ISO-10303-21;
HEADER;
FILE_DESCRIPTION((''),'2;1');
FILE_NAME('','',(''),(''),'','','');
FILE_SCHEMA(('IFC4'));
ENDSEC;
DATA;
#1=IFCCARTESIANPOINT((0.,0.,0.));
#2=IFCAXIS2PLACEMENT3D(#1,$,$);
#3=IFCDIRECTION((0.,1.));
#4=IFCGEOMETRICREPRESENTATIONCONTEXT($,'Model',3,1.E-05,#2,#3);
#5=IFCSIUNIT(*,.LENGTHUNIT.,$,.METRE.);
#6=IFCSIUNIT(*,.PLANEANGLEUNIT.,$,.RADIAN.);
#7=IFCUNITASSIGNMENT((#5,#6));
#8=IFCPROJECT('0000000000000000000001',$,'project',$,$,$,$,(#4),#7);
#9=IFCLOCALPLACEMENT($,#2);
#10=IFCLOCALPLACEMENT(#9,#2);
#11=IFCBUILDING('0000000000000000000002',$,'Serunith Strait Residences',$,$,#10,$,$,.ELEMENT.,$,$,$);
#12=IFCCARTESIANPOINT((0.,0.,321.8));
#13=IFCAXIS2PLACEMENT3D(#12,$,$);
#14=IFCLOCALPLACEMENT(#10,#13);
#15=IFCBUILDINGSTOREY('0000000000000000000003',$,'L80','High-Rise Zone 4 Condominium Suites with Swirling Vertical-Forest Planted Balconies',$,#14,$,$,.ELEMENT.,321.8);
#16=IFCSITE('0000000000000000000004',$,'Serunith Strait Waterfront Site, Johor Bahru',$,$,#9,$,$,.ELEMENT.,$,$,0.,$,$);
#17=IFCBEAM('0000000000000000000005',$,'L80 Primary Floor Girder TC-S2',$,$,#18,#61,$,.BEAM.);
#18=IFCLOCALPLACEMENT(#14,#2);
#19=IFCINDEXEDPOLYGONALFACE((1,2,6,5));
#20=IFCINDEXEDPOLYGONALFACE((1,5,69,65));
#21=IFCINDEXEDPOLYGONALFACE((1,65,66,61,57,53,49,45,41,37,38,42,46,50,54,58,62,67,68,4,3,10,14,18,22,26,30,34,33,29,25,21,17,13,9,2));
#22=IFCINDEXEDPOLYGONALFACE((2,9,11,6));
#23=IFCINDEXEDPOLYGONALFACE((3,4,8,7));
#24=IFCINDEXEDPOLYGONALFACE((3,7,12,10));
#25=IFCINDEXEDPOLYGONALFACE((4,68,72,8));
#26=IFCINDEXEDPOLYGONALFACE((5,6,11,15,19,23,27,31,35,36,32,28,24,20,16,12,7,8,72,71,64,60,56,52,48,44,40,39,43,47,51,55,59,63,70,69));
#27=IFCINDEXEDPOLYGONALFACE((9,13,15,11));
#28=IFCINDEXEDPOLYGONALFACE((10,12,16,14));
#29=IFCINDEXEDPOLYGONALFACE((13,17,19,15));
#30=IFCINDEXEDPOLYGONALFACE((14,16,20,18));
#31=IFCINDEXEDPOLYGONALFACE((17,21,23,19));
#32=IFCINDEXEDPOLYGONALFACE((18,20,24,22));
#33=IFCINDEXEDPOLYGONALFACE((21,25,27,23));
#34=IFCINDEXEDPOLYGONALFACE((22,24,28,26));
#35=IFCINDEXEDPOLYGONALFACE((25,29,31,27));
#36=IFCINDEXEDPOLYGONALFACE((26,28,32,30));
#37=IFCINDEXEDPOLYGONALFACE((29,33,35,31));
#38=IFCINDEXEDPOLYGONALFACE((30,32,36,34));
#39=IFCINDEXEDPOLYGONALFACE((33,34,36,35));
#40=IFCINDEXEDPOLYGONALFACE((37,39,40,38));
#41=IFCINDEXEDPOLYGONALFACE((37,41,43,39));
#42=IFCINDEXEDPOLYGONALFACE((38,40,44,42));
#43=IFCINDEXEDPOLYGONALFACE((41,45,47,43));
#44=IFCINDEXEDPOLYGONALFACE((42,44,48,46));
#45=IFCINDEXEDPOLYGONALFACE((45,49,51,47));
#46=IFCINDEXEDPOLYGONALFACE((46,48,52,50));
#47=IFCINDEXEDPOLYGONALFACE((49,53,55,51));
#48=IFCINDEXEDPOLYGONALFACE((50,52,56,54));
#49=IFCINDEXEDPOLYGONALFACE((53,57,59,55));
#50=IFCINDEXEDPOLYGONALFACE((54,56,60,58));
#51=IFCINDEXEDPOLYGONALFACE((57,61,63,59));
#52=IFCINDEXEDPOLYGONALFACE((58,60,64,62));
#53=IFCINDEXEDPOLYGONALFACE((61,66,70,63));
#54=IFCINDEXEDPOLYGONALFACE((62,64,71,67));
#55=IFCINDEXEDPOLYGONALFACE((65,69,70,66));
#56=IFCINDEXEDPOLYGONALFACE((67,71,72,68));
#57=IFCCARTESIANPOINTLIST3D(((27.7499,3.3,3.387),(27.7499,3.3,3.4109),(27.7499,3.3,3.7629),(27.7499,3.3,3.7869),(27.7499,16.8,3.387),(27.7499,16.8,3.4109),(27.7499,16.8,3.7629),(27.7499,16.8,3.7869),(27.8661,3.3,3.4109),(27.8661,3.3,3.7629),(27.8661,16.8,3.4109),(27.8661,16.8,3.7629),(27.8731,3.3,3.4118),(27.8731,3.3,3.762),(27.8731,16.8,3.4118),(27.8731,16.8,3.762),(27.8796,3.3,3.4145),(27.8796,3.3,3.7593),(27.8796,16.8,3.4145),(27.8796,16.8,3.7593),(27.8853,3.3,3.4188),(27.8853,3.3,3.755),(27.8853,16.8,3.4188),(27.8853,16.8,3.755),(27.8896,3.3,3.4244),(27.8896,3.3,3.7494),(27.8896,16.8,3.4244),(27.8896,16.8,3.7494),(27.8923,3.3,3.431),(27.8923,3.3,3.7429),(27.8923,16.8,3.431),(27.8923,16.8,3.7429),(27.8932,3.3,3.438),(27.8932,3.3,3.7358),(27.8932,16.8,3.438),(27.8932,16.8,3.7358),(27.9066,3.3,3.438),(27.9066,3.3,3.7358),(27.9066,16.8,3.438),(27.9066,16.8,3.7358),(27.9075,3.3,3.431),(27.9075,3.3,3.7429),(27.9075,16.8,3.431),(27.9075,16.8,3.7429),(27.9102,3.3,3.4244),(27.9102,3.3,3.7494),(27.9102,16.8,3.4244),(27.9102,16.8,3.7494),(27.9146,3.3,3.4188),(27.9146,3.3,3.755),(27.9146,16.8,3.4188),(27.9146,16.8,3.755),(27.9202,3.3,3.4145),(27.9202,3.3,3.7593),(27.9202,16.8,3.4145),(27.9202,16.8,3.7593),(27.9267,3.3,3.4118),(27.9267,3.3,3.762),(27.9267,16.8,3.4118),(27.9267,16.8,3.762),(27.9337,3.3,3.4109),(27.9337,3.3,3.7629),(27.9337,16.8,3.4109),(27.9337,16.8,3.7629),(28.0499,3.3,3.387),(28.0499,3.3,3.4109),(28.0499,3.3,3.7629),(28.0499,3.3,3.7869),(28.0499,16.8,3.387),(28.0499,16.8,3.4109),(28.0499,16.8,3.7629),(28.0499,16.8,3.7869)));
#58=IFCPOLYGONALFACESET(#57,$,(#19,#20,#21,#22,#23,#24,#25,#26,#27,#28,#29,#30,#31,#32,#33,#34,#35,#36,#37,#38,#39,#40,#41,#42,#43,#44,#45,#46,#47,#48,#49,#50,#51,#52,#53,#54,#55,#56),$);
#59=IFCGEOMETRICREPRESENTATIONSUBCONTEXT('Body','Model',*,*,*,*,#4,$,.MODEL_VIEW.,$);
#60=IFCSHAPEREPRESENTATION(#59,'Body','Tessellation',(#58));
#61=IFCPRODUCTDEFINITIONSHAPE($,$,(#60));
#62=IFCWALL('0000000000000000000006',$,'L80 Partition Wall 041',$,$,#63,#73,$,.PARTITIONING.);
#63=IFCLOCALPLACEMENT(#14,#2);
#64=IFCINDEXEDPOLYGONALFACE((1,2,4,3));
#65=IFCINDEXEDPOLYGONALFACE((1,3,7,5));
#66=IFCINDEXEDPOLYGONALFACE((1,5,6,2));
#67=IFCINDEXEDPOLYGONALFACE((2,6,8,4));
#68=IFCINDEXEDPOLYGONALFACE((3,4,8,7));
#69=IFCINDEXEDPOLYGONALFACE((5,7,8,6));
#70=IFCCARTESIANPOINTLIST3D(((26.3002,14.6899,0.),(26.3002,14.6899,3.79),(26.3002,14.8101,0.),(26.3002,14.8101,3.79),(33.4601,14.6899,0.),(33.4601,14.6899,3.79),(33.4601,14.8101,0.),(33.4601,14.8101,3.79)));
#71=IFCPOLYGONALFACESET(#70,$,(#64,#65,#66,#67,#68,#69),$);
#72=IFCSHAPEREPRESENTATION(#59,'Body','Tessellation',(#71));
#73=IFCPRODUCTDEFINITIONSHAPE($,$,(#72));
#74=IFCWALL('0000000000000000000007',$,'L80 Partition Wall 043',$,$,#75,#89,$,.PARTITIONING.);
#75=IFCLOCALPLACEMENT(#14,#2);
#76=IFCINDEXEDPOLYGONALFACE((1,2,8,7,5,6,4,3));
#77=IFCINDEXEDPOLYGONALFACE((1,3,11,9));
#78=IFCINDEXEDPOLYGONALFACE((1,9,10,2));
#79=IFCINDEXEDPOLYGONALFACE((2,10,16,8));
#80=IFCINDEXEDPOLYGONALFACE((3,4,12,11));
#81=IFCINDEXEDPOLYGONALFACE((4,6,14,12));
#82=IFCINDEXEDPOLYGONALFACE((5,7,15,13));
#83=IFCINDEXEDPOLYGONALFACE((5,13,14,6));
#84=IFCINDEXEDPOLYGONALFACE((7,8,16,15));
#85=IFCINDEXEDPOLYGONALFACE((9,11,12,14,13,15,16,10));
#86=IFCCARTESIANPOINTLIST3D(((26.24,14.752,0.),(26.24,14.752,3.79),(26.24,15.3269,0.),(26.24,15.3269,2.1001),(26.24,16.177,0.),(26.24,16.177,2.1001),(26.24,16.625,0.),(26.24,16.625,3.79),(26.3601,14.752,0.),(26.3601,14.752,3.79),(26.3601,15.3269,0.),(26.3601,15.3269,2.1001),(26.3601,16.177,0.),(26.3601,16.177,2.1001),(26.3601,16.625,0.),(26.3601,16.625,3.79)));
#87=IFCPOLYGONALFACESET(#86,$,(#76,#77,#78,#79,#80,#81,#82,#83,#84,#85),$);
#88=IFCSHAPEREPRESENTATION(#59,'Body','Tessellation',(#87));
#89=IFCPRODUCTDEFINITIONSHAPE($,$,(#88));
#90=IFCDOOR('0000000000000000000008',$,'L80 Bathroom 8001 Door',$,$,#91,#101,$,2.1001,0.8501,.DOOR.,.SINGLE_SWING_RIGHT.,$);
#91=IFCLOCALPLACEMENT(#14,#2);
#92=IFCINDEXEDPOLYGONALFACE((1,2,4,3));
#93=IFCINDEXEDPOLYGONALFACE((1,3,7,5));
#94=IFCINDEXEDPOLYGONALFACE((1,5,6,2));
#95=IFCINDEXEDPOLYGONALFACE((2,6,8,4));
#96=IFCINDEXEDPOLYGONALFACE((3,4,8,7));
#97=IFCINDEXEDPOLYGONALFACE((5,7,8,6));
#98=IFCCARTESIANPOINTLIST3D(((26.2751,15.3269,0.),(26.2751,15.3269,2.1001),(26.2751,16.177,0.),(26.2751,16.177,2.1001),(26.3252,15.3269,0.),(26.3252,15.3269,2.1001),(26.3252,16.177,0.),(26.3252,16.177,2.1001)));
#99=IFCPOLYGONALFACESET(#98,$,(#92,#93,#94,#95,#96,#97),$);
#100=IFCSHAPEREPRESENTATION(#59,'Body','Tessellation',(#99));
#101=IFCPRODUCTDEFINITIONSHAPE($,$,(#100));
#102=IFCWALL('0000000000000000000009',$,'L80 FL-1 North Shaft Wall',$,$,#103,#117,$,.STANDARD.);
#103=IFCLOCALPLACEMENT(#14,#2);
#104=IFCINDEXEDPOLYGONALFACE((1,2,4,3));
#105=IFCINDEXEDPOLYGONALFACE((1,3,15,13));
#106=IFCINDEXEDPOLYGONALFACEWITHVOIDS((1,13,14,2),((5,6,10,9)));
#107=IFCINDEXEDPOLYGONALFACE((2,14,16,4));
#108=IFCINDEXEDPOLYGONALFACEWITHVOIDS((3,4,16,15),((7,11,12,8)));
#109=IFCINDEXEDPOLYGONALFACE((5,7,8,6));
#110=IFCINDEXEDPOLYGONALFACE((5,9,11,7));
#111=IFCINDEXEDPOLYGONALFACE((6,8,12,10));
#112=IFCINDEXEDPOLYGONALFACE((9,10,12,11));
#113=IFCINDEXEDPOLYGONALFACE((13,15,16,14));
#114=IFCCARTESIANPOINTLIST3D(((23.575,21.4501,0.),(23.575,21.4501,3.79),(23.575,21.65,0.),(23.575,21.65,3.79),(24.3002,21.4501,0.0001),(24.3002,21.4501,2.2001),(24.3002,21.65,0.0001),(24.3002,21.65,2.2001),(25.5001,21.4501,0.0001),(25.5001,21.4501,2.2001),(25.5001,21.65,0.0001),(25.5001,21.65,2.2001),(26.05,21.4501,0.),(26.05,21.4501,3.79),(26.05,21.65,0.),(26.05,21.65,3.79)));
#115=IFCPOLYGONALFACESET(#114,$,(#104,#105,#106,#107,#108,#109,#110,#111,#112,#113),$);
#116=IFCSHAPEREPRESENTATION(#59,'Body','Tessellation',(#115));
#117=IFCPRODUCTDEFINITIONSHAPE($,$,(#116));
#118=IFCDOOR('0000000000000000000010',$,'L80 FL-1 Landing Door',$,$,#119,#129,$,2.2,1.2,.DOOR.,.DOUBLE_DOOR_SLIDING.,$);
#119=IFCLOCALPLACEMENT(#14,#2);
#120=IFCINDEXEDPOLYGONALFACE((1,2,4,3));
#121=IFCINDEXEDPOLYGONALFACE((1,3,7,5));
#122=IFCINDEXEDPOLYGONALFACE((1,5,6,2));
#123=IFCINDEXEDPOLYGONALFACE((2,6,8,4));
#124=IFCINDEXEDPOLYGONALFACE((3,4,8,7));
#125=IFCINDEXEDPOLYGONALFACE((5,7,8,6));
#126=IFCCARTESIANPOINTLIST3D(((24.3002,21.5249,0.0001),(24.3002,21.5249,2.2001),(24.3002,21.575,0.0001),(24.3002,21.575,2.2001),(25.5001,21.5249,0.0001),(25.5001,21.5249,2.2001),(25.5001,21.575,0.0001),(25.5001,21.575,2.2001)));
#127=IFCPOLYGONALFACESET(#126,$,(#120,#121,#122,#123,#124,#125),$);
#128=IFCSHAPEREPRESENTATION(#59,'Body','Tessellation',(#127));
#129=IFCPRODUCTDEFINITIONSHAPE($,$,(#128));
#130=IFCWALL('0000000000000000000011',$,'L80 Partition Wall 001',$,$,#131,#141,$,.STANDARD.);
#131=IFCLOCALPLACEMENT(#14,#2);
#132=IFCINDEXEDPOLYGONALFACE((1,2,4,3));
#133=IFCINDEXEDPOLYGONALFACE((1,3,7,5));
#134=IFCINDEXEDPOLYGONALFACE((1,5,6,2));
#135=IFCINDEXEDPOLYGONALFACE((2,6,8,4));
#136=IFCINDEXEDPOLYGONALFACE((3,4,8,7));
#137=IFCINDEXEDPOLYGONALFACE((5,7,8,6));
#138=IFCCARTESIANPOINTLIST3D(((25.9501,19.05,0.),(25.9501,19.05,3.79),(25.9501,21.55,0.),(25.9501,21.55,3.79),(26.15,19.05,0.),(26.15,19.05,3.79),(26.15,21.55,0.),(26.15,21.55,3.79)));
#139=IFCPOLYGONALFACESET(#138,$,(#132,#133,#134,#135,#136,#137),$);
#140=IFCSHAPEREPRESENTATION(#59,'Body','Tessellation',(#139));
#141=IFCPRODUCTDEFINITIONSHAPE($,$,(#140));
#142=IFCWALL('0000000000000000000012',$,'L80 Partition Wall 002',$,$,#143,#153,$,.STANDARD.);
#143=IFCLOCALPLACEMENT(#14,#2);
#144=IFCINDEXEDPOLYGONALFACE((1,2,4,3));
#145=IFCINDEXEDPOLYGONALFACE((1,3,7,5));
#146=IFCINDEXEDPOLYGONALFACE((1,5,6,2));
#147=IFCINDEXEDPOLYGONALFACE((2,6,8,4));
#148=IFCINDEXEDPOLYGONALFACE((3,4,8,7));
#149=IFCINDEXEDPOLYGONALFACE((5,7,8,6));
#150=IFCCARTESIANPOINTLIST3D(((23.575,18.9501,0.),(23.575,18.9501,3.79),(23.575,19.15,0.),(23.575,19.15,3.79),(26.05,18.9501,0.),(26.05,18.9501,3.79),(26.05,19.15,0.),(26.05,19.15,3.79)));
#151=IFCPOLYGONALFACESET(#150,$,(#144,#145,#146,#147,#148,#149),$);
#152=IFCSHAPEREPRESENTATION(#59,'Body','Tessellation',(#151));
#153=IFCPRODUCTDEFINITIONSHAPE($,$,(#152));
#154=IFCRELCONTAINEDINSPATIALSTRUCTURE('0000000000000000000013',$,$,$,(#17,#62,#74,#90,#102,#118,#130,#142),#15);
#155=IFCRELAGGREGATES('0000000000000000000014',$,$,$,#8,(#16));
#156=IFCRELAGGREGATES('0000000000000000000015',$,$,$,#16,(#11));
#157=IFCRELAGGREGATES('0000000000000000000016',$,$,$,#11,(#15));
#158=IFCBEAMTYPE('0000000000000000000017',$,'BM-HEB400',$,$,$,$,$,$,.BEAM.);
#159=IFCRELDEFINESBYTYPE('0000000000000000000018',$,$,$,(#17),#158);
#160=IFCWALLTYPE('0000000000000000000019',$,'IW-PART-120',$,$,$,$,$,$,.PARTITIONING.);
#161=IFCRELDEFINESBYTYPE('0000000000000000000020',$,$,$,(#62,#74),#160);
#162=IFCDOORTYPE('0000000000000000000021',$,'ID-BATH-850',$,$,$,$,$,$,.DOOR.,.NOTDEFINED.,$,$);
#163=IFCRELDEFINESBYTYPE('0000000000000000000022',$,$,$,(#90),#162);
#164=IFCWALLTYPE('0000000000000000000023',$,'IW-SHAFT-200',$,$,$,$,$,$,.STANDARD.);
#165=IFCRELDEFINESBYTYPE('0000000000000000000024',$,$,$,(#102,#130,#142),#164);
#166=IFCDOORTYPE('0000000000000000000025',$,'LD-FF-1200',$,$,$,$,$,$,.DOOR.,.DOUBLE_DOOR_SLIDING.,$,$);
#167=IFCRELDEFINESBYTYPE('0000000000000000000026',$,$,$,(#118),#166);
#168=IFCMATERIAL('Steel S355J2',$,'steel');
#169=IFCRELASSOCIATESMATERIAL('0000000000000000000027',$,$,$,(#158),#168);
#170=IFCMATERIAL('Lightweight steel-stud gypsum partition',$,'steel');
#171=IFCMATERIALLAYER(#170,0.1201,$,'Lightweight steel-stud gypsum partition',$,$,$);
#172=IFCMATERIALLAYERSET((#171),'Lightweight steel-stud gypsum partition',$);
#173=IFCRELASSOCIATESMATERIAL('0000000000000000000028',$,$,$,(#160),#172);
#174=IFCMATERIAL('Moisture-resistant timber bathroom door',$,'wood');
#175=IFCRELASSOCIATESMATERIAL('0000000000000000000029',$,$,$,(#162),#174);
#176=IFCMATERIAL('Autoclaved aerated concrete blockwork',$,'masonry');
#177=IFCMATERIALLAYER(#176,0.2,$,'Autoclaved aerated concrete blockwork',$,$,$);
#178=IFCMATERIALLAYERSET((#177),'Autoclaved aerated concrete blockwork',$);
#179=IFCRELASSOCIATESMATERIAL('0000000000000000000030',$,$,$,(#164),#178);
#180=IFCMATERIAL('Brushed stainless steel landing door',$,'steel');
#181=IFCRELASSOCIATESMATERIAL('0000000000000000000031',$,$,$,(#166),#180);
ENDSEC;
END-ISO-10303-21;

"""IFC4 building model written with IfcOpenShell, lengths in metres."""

from ifc_helpers import new_model, si_unit, direction, frame, frame_2d, origin, origin_2d, place, context, subcontext, project, spatial, rectangle, i_section, extrude, source, transform, mapped, material, layer, layer_set, material_profile, profile_set, type_object, element, fill, save


model = new_model("IFC4")

# Units and contexts
model_context = context("Model", 3, precision=1e-05, world=origin(), true_north=direction((0.0, 1.0)))
body_context = subcontext(model_context, "Body", "Model", "MODEL_VIEW")
ifc_project = project(units=[si_unit("LENGTHUNIT", "METRE"), si_unit("PLANEANGLEUNIT", "RADIAN")], contexts=[model_context])

# Site, building, storey
site_placement = place(None, origin())
site = spatial("IfcSite", under=ifc_project, at=site_placement, Name="Serunith Strait Waterfront Site, Johor Bahru", CompositionType="ELEMENT", RefElevation=0.0)
building_placement = place(site_placement, origin())
building = spatial("IfcBuilding", under=site, at=building_placement, Name="Serunith Strait Residences", CompositionType="ELEMENT")
storey_placement = place(building_placement, frame((0.0, 0.0, 321.8)))
storey = spatial("IfcBuildingStorey", under=building, at=storey_placement, Name="L80", Description="High-Rise Zone 4 Condominium Suites with Swirling Vertical-Forest Planted Balconies", CompositionType="ELEMENT", Elevation=321.8)

# Beam
ifc_material_1 = material(Name="Steel S355J2", Category="steel")
ifc_material_profile = material_profile(ifc_material_1, i_section(OverallWidth=0.3, OverallDepth=0.3999, WebThickness=0.0134, FlangeThickness=0.0239, FilletRadius=0.0271, at=origin_2d()), Name="HEB 400")
ifc_profile_set = profile_set([ifc_material_profile], Name="Steel S355J2")
beam_type = type_object("IfcBeamType", Name="BM-HEB400", PredefinedType="BEAM", material=ifc_profile_set)
shared_shape_1 = source(origin(), body_context, "Body", "SweptSolid", [
    extrude(i_section(OverallWidth=0.3, OverallDepth=0.3999, WebThickness=0.0134, FlangeThickness=0.0239, FilletRadius=0.0271, at=origin_2d()), origin(), (0.0, 0.0, 1.0), 13.5),
])
beam_placement = place(storey_placement, frame((27.8999, 16.8, 3.5869), z_axis=(0.0, -1.0, 0.0), x_axis=(1.0, 0.0, 0.0)))
element("IfcBeam", 1, at=beam_placement, inside=storey, type_object=beam_type, Name="L80 Primary Floor Girder TC-S2", PredefinedType="BEAM", context=body_context, shape_type="MappedRepresentation", body=[
    mapped(shared_shape_1, transform((0.0, 0.0, 0.0), scale=1.0)),
])

# Wall
ifc_material_2 = material(Name="Lightweight steel-stud gypsum partition", Category="steel")
ifc_layer_1 = layer(ifc_material_2, 0.1201, Name="Lightweight steel-stud gypsum partition")
ifc_layer_set_1 = layer_set([ifc_layer_1], Name="Lightweight steel-stud gypsum partition")
wall_type_1 = type_object("IfcWallType", Name="IW-PART-120", PredefinedType="PARTITIONING", material=ifc_layer_set_1)
wall_1_placement = place(storey_placement, frame((26.3, 14.75, 0.0), z_axis=(0.0, 0.0, 1.0), x_axis=(1.0, 0.0, 0.0)))
element("IfcWall", 2, at=wall_1_placement, inside=storey, type_object=wall_type_1, Name="L80 Partition Wall 041", PredefinedType="PARTITIONING", context=body_context, shape_type="SweptSolid", body=[
    extrude(rectangle(XDim=7.1599, YDim=0.1201, at=frame_2d((3.5801, 0.0))), origin(), (0.0, 0.0, 1.0), 3.79),
])

# Walls, openings, doors
wall_2_placement = place(storey_placement, frame((26.3, 14.752, 0.0), z_axis=(0.0, 0.0, 1.0), x_axis=(0.0, 1.0, 0.0)))
wall_2 = element("IfcWall", 3, at=wall_2_placement, inside=storey, type_object=wall_type_1, Name="L80 Partition Wall 043", PredefinedType="PARTITIONING", context=body_context, shape_type="SweptSolid", body=[
    extrude(rectangle(XDim=1.873, YDim=0.1201, at=frame_2d((0.9365, 0.0))), origin(), (0.0, 0.0, 1.0), 3.79),
])
opening_1_placement = place(wall_2_placement, frame((0.575, 0.0, 0.0)))
opening_1 = element("IfcOpeningElement", 4, at=opening_1_placement, cuts=wall_2, PredefinedType="OPENING", context=body_context, shape_type="SweptSolid", body=[
    extrude(rectangle(XDim=0.8501, YDim=2.1001, at=frame_2d((0.425, 1.05))), frame((0.0, 0.0701, 0.0), z_axis=(0.0, -1.0, 0.0), x_axis=(1.0, 0.0, 0.0)), (0.0, 0.0, 1.0), 0.1401),
])
ifc_material_3 = material(Name="Moisture-resistant timber bathroom door", Category="wood")
door_type_1 = type_object("IfcDoorType", Name="ID-BATH-850", OperationType="NOTDEFINED", PredefinedType="DOOR", material=ifc_material_3)
shared_shape_2 = source(origin(), body_context, "Body", "SweptSolid", [
    extrude(rectangle(XDim=0.8501, YDim=2.1001, at=frame_2d((0.425, 1.05))), frame((0.0, 0.0249, 0.0), z_axis=(0.0, -1.0, 0.0), x_axis=(1.0, 0.0, 0.0)), (0.0, 0.0, 1.0), 0.05),
])
door_1_placement = place(opening_1_placement, origin())
door_1 = element("IfcDoor", 5, at=door_1_placement, inside=storey, type_object=door_type_1, Name="L80 Bathroom 8001 Door", OperationType="SINGLE_SWING_RIGHT", OverallHeight=2.1001, OverallWidth=0.8501, PredefinedType="DOOR", context=body_context, shape_type="MappedRepresentation", body=[
    mapped(shared_shape_2, transform((0.0, 0.0, 0.0), scale=1.0)),
])
fill(opening_1, door_1)
ifc_material_4 = material(Name="Autoclaved aerated concrete blockwork", Category="masonry")
ifc_layer_2 = layer(ifc_material_4, 0.2, Name="Autoclaved aerated concrete blockwork")
ifc_layer_set_2 = layer_set([ifc_layer_2], Name="Autoclaved aerated concrete blockwork")
wall_type_2 = type_object("IfcWallType", Name="IW-SHAFT-200", PredefinedType="STANDARD", material=ifc_layer_set_2)
wall_3_placement = place(storey_placement, frame((23.575, 21.55, 0.0), z_axis=(0.0, 0.0, 1.0), x_axis=(1.0, 0.0, 0.0)))
wall_3 = element("IfcWall", 6, at=wall_3_placement, inside=storey, type_object=wall_type_2, Name="L80 FL-1 North Shaft Wall", PredefinedType="STANDARD", context=body_context, shape_type="SweptSolid", body=[
    extrude(rectangle(XDim=2.4751, YDim=0.2, at=frame_2d((1.2375, 0.0))), origin(), (0.0, 0.0, 1.0), 3.79),
])
opening_2_placement = place(wall_3_placement, frame((0.7251, 0.0, 0.0)))
opening_2 = element("IfcOpeningElement", 7, at=opening_2_placement, cuts=wall_3, PredefinedType="OPENING", context=body_context, shape_type="SweptSolid", body=[
    extrude(rectangle(XDim=1.2, YDim=2.2, at=frame_2d((0.6001, 1.1001))), frame((0.0, 0.1099, 0.0), z_axis=(0.0, -1.0, 0.0), x_axis=(1.0, 0.0, 0.0)), (0.0, 0.0, 1.0), 0.22),
])
ifc_material_5 = material(Name="Brushed stainless steel landing door", Category="steel")
door_type_2 = type_object("IfcDoorType", Name="LD-FF-1200", OperationType="DOUBLE_DOOR_SLIDING", PredefinedType="DOOR", material=ifc_material_5)
shared_shape_3 = source(origin(), body_context, "Body", "SweptSolid", [
    extrude(rectangle(XDim=1.2, YDim=2.2, at=frame_2d((0.6001, 1.1001))), frame((0.0, 0.0249, 0.0), z_axis=(0.0, -1.0, 0.0), x_axis=(1.0, 0.0, 0.0)), (0.0, 0.0, 1.0), 0.05),
])
door_2_placement = place(opening_2_placement, origin())
door_2 = element("IfcDoor", 8, at=door_2_placement, inside=storey, type_object=door_type_2, Name="L80 FL-1 Landing Door", OperationType="DOUBLE_DOOR_SLIDING", OverallHeight=2.2, OverallWidth=1.2, PredefinedType="DOOR", context=body_context, shape_type="MappedRepresentation", body=[
    mapped(shared_shape_3, transform((0.0, 0.0, 0.0), scale=1.0)),
])
fill(opening_2, door_2)

# Walls
wall_4_placement = place(storey_placement, frame((26.05, 19.05, 0.0), z_axis=(0.0, 0.0, 1.0), x_axis=(0.0, 1.0, 0.0)))
element("IfcWall", 9, at=wall_4_placement, inside=storey, type_object=wall_type_2, Name="L80 Partition Wall 001", PredefinedType="STANDARD", context=body_context, shape_type="SweptSolid", body=[
    extrude(rectangle(XDim=2.5, YDim=0.2, at=frame_2d((1.25, 0.0))), origin(), (0.0, 0.0, 1.0), 3.79),
])
wall_5_placement = place(storey_placement, frame((23.575, 19.05, 0.0), z_axis=(0.0, 0.0, 1.0), x_axis=(1.0, 0.0, 0.0)))
element("IfcWall", 10, at=wall_5_placement, inside=storey, type_object=wall_type_2, Name="L80 Partition Wall 002", PredefinedType="STANDARD", context=body_context, shape_type="SweptSolid", body=[
    extrude(rectangle(XDim=2.4751, YDim=0.2, at=frame_2d((1.2375, 0.0))), origin(), (0.0, 0.0, 1.0), 3.79),
])

save(model, "model.ifc")
